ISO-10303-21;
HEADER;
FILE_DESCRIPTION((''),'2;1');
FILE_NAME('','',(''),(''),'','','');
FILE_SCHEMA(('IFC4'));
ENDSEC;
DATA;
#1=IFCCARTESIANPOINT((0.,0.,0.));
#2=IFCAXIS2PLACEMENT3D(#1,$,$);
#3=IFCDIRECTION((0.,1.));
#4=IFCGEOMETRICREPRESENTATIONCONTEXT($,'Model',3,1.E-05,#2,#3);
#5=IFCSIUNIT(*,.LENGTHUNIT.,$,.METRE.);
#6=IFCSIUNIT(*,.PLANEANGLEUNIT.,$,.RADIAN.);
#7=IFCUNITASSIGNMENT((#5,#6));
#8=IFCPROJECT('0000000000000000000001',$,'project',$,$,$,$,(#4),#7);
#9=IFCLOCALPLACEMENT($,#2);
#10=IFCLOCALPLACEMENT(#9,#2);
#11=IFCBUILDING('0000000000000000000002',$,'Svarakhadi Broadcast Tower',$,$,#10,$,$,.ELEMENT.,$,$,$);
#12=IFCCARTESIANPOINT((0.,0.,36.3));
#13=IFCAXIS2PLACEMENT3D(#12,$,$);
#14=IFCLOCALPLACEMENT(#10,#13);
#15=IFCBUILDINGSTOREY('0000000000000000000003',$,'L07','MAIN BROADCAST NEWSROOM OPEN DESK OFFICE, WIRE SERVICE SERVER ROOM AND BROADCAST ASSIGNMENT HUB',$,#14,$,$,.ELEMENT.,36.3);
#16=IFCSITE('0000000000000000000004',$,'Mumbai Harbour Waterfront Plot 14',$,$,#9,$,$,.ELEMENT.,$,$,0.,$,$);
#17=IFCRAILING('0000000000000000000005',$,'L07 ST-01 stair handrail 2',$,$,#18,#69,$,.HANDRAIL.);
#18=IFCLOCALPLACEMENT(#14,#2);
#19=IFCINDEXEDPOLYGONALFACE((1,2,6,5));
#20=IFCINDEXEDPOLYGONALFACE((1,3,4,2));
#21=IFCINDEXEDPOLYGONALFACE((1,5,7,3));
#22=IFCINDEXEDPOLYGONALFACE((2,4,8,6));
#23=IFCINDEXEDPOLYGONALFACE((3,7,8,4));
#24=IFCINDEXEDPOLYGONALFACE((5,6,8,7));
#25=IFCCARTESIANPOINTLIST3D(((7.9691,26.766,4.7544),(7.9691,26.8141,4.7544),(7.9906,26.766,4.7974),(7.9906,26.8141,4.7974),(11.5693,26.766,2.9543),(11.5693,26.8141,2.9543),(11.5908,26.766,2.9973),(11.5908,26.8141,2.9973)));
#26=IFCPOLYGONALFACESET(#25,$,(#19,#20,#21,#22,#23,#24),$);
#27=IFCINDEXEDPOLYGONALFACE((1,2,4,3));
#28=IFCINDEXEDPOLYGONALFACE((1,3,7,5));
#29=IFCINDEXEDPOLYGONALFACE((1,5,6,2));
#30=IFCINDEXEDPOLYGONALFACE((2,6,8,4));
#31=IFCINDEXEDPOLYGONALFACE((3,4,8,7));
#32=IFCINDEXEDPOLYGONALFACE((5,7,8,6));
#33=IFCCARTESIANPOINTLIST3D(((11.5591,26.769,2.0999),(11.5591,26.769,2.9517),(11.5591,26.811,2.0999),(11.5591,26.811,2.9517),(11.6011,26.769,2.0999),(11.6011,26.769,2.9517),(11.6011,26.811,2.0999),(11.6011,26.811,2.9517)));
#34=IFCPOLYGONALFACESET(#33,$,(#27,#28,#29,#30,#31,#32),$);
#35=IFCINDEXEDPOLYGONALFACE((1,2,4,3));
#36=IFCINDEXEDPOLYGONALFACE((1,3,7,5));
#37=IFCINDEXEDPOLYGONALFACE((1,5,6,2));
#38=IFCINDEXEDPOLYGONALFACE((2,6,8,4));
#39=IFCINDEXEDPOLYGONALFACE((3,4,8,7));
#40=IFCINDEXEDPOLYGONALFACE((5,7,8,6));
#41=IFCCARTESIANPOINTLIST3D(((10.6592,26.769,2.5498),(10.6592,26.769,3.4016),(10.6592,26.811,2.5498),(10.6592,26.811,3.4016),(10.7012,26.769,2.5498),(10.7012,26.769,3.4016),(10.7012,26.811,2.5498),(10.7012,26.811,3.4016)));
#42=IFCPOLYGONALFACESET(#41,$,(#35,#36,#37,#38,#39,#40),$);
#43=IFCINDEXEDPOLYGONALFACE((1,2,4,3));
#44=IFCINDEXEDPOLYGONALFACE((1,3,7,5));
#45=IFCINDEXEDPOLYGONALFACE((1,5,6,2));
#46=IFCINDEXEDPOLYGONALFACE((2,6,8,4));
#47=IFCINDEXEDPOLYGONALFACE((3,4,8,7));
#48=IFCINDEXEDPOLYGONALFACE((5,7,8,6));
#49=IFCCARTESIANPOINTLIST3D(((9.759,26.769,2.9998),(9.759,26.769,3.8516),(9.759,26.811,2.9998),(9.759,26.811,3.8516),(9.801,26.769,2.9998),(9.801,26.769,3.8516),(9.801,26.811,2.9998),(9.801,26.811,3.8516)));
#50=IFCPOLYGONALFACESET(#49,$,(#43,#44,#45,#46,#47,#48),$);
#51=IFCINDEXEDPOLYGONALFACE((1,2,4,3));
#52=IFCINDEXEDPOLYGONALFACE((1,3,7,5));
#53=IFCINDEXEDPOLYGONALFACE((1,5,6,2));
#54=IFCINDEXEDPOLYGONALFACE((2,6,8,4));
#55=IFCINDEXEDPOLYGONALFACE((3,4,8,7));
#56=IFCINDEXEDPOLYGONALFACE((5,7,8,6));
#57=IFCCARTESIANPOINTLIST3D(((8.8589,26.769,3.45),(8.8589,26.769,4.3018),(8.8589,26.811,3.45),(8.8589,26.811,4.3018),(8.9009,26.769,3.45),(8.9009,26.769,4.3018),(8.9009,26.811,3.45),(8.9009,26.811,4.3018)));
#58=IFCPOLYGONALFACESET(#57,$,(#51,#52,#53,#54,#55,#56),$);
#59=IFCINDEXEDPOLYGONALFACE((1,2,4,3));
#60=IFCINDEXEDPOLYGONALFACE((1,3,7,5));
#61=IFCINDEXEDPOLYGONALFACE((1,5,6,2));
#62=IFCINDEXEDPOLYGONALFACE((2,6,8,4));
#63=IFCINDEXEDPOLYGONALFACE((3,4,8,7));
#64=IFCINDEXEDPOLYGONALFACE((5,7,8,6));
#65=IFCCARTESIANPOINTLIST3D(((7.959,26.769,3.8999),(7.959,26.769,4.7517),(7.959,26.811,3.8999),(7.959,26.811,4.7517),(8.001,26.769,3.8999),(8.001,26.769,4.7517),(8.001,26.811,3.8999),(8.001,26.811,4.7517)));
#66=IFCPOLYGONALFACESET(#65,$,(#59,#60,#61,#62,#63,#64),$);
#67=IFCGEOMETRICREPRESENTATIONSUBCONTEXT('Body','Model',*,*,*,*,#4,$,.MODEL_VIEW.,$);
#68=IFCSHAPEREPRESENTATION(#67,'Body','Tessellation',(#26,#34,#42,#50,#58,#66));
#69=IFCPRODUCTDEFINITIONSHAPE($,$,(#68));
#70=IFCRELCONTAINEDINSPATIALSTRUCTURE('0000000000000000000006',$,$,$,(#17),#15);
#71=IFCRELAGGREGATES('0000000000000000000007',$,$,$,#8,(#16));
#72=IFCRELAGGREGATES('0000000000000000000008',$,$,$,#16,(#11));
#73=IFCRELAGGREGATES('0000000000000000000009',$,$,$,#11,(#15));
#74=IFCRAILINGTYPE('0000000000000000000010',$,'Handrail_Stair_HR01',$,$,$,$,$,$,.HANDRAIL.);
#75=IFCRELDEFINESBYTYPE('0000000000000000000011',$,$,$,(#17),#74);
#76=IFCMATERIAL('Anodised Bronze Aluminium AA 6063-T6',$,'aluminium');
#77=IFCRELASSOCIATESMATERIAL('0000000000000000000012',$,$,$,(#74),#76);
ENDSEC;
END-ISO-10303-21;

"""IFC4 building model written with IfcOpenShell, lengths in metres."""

from ifc_helpers import new_model, si_unit, direction, frame, origin, origin_2d, place, context, subcontext, project, spatial, rectangle, extrude, material, type_object, element, save


model = new_model("IFC4")

# Units and contexts
model_context = context("Model", 3, precision=1e-05, world=origin(), true_north=direction((0.0, 1.0)))
body_context = subcontext(model_context, "Body", "Model", "MODEL_VIEW")
ifc_project = project(units=[si_unit("LENGTHUNIT", "METRE"), si_unit("PLANEANGLEUNIT", "RADIAN")], contexts=[model_context])

# Site, building, storey
site_placement = place(None, origin())
site = spatial("IfcSite", under=ifc_project, at=site_placement, Name="Mumbai Harbour Waterfront Plot 14", CompositionType="ELEMENT", RefElevation=0.0)
building_placement = place(site_placement, origin())
building = spatial("IfcBuilding", under=site, at=building_placement, Name="Svarakhadi Broadcast Tower", CompositionType="ELEMENT")
storey_placement = place(building_placement, frame((0.0, 0.0, 36.3)))
storey = spatial("IfcBuildingStorey", under=building, at=storey_placement, Name="L07", Description="MAIN BROADCAST NEWSROOM OPEN DESK OFFICE, WIRE SERVICE SERVER ROOM AND BROADCAST ASSIGNMENT HUB", CompositionType="ELEMENT", Elevation=36.3)

# Railing
ifc_material_1 = material(Name="Anodised Bronze Aluminium AA 6063-T6", Category="aluminium")
railing_type_1 = type_object("IfcRailingType", Name="Handrail_Stair_HR01", PredefinedType="HANDRAIL", material=ifc_material_1)
railing_1_placement = place(storey_placement, frame((11.5801, 26.79, 2.0999)))
element("IfcRailing", 1, at=railing_1_placement, inside=storey, type_object=railing_type_1, Name="L07 ST-01 stair handrail 2", PredefinedType="HANDRAIL", context=body_context, shape_type="SweptSolid", body=[
    extrude(rectangle(XDim=0.0481, YDim=0.0481, at=origin_2d()), frame((0.0, 0.0, 0.876), z_axis=(-0.894427, 0.0, 0.447214), x_axis=(0.0, -1.0, 0.0)), (0.0, 0.0, 1.0), 4.0251),
    extrude(rectangle(XDim=0.042, YDim=0.042, at=origin_2d()), origin(), (0.0, 0.0, 1.0), 0.8518),
    extrude(rectangle(XDim=0.042, YDim=0.042, at=origin_2d()), frame((-0.8999, 0.0, 0.45)), (0.0, 0.0, 1.0), 0.8518),
    extrude(rectangle(XDim=0.042, YDim=0.042, at=origin_2d()), frame((-1.8, 0.0, 0.8999)), (0.0, 0.0, 1.0), 0.8518),
    extrude(rectangle(XDim=0.042, YDim=0.042, at=origin_2d()), frame((-2.7002, 0.0, 1.3501)), (0.0, 0.0, 1.0), 0.8518),
    extrude(rectangle(XDim=0.042, YDim=0.042, at=origin_2d()), frame((-3.6001, 0.0, 1.8)), (0.0, 0.0, 1.0), 0.8518),
])

save(model, "model.ifc")
